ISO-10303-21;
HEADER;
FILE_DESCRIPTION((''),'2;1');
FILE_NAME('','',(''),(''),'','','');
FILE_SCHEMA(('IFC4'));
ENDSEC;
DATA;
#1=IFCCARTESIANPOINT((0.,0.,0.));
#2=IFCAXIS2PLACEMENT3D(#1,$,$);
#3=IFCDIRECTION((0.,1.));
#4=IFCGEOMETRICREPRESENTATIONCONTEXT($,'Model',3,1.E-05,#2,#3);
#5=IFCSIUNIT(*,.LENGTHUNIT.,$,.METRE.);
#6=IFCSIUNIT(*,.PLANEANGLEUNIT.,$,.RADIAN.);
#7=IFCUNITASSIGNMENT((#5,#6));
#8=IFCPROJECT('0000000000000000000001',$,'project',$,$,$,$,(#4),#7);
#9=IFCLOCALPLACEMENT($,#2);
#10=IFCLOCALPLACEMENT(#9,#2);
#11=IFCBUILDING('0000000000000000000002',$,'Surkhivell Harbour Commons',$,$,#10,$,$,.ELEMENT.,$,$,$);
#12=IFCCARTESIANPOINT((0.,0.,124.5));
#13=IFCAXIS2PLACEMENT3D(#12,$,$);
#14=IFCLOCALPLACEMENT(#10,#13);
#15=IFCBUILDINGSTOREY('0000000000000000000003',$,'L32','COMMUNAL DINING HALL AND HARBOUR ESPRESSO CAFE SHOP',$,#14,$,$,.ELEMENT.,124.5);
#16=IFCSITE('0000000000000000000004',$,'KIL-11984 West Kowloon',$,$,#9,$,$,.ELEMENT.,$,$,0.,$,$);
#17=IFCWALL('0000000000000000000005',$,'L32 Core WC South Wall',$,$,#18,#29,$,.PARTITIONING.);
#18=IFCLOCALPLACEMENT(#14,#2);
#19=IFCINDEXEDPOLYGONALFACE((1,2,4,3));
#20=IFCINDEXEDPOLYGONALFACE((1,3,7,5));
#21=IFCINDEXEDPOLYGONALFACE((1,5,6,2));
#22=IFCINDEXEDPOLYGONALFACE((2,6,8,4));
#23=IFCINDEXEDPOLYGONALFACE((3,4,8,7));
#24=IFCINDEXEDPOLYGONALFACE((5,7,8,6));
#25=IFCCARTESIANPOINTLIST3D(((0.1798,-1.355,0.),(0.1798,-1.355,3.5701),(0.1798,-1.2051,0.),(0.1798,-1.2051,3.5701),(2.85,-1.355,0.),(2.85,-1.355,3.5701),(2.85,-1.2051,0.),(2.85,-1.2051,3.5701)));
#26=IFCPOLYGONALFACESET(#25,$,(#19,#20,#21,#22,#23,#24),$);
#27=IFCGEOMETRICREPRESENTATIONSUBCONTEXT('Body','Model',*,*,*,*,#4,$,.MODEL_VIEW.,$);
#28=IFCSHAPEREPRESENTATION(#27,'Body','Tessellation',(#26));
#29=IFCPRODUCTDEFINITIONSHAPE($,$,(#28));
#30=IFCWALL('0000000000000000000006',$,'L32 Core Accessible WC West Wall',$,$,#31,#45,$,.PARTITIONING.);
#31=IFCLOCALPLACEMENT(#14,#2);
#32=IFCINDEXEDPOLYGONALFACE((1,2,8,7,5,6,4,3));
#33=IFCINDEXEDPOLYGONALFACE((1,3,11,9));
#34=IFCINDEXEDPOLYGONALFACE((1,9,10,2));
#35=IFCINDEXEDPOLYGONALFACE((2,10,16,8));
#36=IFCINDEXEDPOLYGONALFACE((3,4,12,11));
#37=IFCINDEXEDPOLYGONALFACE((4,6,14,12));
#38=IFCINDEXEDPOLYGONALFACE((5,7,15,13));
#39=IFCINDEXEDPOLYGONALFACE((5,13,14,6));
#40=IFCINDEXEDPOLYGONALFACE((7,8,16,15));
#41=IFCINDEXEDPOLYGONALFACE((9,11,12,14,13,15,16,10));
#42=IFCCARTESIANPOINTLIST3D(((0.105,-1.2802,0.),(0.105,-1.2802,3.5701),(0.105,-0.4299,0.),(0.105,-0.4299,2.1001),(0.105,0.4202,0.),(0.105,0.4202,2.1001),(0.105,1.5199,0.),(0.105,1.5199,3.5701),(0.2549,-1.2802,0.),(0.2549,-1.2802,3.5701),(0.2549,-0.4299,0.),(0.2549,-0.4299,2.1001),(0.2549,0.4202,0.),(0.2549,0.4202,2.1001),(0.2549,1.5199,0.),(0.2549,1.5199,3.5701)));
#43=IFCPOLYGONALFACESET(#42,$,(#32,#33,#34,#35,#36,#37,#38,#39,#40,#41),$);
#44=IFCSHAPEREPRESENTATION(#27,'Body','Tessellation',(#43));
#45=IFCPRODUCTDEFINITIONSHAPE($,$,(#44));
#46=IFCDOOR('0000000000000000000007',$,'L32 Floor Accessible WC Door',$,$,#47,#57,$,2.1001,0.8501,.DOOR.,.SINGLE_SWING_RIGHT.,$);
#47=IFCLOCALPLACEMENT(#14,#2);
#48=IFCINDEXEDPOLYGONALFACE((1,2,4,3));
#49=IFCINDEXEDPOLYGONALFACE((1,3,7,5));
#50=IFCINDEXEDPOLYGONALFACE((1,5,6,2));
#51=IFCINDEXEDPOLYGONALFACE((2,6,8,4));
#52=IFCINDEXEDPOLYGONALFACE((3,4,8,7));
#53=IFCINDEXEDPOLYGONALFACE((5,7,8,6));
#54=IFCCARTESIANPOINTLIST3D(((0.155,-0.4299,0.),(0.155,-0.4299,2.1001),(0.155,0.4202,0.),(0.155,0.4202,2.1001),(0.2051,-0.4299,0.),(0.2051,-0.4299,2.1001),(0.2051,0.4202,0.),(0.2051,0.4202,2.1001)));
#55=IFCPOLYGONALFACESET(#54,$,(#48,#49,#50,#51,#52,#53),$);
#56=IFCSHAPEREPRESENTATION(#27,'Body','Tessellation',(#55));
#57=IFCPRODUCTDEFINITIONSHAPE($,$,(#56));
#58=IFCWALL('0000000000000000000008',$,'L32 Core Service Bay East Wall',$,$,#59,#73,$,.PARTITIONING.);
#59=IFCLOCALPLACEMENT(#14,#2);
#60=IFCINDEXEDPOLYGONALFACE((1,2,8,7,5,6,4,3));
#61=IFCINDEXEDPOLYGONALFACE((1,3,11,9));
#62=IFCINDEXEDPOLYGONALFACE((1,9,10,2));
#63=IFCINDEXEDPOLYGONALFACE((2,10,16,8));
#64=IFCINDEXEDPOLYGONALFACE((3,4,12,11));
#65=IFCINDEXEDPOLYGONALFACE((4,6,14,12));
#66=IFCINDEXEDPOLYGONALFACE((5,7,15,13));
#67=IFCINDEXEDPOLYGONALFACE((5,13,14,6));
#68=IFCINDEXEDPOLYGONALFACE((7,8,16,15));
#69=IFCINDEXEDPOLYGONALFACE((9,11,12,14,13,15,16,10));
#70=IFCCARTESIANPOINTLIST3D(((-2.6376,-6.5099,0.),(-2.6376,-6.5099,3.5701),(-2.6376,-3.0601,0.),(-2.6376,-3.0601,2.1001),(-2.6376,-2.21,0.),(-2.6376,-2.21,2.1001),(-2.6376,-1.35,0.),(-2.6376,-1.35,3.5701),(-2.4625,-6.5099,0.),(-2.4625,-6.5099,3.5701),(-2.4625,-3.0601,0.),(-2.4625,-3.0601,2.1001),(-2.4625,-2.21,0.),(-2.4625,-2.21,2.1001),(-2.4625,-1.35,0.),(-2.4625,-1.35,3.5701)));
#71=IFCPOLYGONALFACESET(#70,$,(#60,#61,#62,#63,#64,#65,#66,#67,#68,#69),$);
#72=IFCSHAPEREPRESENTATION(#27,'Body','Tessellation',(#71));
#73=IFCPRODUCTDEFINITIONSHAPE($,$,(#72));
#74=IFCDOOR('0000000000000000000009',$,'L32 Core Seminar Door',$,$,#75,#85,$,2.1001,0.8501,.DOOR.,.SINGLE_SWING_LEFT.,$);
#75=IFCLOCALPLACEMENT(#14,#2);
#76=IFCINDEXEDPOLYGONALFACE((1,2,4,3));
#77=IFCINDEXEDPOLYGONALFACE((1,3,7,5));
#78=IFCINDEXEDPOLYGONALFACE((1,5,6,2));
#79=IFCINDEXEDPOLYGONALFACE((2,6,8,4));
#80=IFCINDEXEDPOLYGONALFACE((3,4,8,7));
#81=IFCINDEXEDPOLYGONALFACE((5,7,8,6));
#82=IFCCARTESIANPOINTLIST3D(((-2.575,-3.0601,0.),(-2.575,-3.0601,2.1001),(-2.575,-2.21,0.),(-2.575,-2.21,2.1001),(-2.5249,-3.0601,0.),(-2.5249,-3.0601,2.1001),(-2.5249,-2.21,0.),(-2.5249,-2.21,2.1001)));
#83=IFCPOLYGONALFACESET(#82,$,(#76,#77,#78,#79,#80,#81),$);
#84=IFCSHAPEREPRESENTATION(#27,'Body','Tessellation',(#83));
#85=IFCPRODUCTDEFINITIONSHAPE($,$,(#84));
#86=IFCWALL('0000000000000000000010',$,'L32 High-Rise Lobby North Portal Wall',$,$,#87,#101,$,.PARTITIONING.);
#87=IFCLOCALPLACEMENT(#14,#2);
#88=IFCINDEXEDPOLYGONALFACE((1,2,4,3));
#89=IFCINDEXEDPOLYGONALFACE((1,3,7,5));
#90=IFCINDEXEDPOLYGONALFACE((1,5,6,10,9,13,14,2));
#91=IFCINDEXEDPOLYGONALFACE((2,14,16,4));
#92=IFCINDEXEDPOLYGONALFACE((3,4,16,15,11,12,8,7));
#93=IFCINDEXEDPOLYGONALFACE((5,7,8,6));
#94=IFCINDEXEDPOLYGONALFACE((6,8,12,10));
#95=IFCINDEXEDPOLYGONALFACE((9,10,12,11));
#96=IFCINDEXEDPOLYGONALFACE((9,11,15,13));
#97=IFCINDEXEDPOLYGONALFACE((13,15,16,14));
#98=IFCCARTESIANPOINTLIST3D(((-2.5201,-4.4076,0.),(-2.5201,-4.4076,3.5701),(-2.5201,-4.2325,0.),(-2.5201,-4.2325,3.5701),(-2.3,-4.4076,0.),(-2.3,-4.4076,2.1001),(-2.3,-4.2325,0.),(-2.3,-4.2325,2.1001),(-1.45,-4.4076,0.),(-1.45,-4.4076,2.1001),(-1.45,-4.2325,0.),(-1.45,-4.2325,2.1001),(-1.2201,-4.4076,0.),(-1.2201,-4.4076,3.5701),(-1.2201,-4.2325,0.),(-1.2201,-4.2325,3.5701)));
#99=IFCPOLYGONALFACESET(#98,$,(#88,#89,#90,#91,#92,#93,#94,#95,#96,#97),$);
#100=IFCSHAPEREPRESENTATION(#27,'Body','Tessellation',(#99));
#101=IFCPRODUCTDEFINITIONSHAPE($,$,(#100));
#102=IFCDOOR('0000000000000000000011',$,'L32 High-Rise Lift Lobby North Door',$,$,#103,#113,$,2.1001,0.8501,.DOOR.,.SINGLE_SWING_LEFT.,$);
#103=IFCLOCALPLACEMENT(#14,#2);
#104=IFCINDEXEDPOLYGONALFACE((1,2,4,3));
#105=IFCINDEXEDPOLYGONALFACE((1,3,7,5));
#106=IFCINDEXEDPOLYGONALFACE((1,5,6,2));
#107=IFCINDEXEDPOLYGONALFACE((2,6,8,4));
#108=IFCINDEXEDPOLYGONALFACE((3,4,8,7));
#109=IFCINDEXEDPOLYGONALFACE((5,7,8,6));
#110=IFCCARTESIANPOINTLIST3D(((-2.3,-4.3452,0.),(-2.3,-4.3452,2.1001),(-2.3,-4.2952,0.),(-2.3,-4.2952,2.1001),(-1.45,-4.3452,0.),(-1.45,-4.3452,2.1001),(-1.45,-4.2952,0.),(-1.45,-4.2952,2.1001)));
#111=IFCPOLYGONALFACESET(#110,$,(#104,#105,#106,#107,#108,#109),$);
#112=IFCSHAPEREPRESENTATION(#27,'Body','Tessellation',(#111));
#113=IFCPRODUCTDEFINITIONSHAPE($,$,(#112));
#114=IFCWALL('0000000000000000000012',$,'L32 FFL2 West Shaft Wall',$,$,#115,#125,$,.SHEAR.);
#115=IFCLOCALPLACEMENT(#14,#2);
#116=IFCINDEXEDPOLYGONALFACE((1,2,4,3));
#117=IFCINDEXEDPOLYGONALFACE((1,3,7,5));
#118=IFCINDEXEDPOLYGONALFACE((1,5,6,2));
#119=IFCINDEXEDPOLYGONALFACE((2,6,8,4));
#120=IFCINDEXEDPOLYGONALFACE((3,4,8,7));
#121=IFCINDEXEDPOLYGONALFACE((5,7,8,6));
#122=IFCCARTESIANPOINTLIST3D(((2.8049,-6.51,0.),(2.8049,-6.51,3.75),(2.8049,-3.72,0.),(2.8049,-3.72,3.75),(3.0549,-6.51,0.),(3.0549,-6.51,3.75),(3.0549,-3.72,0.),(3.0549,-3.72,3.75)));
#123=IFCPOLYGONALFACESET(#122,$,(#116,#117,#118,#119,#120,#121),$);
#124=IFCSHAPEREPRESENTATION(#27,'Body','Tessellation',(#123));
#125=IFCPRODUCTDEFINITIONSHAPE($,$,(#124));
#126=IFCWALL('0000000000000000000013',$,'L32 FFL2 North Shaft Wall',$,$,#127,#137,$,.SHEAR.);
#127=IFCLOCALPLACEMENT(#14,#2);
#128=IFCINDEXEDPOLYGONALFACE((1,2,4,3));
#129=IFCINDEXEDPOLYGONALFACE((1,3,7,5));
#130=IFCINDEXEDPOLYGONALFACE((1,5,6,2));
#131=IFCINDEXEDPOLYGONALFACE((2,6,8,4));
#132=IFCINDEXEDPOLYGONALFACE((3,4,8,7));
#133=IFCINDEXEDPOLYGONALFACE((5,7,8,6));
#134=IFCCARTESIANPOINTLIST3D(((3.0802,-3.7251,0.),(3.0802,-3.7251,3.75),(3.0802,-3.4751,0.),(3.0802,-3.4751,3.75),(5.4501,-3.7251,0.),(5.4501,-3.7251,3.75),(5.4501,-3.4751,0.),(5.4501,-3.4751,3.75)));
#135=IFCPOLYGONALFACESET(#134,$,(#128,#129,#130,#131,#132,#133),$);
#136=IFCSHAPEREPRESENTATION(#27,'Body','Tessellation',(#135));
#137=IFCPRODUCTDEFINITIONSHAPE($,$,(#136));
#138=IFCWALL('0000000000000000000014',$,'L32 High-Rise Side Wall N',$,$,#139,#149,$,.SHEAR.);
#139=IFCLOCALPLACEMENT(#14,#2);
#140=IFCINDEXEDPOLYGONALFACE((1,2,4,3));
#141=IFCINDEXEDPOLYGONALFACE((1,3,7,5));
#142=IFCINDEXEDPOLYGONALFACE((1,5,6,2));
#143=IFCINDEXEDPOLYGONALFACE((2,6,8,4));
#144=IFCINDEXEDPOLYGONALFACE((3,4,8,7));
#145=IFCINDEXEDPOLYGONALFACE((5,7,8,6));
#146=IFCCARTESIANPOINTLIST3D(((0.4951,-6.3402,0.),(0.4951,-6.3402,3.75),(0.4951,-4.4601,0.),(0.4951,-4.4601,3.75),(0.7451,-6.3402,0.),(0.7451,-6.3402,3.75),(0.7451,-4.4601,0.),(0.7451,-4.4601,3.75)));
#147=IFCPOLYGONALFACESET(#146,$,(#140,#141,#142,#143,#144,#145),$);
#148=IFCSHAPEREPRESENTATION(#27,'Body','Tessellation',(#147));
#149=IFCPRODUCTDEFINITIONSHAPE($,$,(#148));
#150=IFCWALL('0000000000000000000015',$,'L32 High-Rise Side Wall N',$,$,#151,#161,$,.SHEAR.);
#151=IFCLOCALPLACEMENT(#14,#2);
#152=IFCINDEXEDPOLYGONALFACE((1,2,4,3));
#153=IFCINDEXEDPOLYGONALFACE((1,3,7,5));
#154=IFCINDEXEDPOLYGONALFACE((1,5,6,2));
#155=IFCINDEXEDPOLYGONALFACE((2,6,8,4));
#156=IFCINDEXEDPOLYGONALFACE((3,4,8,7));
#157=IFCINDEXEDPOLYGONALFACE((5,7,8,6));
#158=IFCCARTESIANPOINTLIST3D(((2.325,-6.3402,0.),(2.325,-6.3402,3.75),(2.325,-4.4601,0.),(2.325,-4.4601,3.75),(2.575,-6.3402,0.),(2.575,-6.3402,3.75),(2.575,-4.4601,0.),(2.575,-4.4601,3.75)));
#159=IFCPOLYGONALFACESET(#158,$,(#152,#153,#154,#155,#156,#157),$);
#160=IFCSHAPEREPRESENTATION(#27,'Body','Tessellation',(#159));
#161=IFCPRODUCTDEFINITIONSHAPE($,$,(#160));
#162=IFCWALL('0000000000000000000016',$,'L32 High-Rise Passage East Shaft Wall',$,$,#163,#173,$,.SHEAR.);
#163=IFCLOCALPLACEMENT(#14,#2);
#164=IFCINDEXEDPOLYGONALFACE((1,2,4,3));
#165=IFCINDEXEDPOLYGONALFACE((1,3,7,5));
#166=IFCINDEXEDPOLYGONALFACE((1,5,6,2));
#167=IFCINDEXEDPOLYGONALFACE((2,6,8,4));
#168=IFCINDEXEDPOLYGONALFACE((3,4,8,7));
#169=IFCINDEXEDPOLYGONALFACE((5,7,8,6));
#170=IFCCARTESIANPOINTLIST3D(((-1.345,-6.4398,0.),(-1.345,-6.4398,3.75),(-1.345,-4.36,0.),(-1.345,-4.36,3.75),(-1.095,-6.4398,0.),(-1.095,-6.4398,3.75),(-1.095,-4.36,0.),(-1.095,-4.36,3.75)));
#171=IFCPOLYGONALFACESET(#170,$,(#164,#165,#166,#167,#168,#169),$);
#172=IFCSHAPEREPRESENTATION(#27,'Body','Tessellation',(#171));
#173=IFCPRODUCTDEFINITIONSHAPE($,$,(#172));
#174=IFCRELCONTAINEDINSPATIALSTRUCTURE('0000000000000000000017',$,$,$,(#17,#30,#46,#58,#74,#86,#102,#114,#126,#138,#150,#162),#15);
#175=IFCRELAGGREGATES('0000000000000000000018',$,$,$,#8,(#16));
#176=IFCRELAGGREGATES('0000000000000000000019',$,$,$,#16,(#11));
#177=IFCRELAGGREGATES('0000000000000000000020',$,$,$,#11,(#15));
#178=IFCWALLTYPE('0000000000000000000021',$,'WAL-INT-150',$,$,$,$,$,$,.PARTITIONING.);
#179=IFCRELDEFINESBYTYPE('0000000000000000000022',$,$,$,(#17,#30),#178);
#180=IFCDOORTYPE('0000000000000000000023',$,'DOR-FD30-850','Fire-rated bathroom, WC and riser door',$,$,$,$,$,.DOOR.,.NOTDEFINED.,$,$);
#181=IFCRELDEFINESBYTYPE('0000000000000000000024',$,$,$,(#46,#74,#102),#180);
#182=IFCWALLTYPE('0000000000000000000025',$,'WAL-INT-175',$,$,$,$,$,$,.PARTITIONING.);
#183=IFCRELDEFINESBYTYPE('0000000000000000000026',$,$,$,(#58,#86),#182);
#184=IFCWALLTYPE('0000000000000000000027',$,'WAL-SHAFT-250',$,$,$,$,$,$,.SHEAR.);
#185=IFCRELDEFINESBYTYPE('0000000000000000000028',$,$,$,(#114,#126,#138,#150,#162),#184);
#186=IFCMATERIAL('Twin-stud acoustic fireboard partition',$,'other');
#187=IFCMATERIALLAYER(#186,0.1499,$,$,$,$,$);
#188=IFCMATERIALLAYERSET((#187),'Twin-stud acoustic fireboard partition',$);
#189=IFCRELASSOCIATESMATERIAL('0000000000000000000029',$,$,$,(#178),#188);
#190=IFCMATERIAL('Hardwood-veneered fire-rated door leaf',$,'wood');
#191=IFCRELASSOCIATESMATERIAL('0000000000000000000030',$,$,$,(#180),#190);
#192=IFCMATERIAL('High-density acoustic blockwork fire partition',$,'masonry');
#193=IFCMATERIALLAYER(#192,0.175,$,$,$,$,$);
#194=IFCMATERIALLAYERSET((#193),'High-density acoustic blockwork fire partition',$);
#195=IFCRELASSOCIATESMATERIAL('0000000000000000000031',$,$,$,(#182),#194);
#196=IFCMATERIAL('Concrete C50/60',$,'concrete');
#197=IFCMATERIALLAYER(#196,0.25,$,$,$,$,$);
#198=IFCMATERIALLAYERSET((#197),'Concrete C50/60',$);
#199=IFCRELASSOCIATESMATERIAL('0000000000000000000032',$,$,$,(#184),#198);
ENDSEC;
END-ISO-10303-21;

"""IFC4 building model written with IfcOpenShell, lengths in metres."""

from ifc_helpers import new_model, si_unit, direction, frame, frame_2d, origin, place, context, subcontext, project, spatial, rectangle, extrude, material, layer, layer_set, type_object, element, fill, save


model = new_model("IFC4")

# Units and contexts
model_context = context("Model", 3, precision=1e-05, world=origin(), true_north=direction((0.0, 1.0)))
body_context = subcontext(model_context, "Body", "Model", "MODEL_VIEW")
ifc_project = project(units=[si_unit("LENGTHUNIT", "METRE"), si_unit("PLANEANGLEUNIT", "RADIAN")], contexts=[model_context])

# Site, building, storey
site_placement = place(None, origin())
site = spatial("IfcSite", under=ifc_project, at=site_placement, Name="KIL-11984 West Kowloon", CompositionType="ELEMENT", RefElevation=0.0)
building_placement = place(site_placement, origin())
building = spatial("IfcBuilding", under=site, at=building_placement, Name="Surkhivell Harbour Commons", CompositionType="ELEMENT")
storey_placement = place(building_placement, frame((0.0, 0.0, 124.5)))
storey = spatial("IfcBuildingStorey", under=building, at=storey_placement, Name="L32", Description="COMMUNAL DINING HALL AND HARBOUR ESPRESSO CAFE SHOP", CompositionType="ELEMENT", Elevation=124.5)

# Wall
ifc_material_1 = material(Name="Twin-stud acoustic fireboard partition", Category="other")
ifc_layer_1 = layer(ifc_material_1, 0.1499)
ifc_layer_set_1 = layer_set([ifc_layer_1], Name="Twin-stud acoustic fireboard partition")
wall_type_1 = type_object("IfcWallType", Name="WAL-INT-150", PredefinedType="PARTITIONING", material=ifc_layer_set_1)
wall_1_placement = place(storey_placement, frame((0.1799, -1.28, 0.0), z_axis=(0.0, 0.0, 1.0), x_axis=(1.0, 0.0, 0.0)))
element("IfcWall", 1, at=wall_1_placement, inside=storey, type_object=wall_type_1, Name="L32 Core WC South Wall", PredefinedType="PARTITIONING", context=body_context, shape_type="SweptSolid", body=[
    extrude(rectangle(XDim=2.6702, YDim=0.1499, at=frame_2d((1.335, 0.0))), origin(), (0.0, 0.0, 1.0), 3.5701),
])

# Walls, openings, doors
wall_2_placement = place(storey_placement, frame((0.1799, -1.28, 0.0), z_axis=(0.0, 0.0, 1.0), x_axis=(0.0, 1.0, 0.0)))
wall_2 = element("IfcWall", 2, at=wall_2_placement, inside=storey, type_object=wall_type_1, Name="L32 Core Accessible WC West Wall", PredefinedType="PARTITIONING", context=body_context, shape_type="SweptSolid", body=[
    extrude(rectangle(XDim=2.8, YDim=0.1499, at=frame_2d((1.3999, 0.0))), origin(), (0.0, 0.0, 1.0), 3.5701),
])
opening_1_placement = place(wall_2_placement, frame((0.8501, 0.0, 0.0)))
opening_1 = element("IfcOpeningElement", 3, at=opening_1_placement, cuts=wall_2, PredefinedType="OPENING", context=body_context, shape_type="SweptSolid", body=[
    extrude(rectangle(XDim=0.8501, YDim=2.1001, at=frame_2d((0.425, 1.05))), frame((0.0, 0.085, 0.0), z_axis=(0.0, -1.0, 0.0), x_axis=(1.0, 0.0, 0.0)), (0.0, 0.0, 1.0), 0.1699),
])
ifc_material_2 = material(Name="Hardwood-veneered fire-rated door leaf", Category="wood")
door_type_1 = type_object("IfcDoorType", Name="DOR-FD30-850", Description="Fire-rated bathroom, WC and riser door", OperationType="NOTDEFINED", PredefinedType="DOOR", material=ifc_material_2)
door_1_placement = place(opening_1_placement, origin())
door_1 = element("IfcDoor", 4, at=door_1_placement, inside=storey, type_object=door_type_1, Name="L32 Floor Accessible WC Door", OperationType="SINGLE_SWING_RIGHT", OverallHeight=2.1001, OverallWidth=0.8501, PredefinedType="DOOR", context=body_context, shape_type="SweptSolid", body=[
    extrude(rectangle(XDim=0.8501, YDim=2.1001, at=frame_2d((0.425, 1.05))), frame((0.0, 0.0249, 0.0), z_axis=(0.0, -1.0, 0.0), x_axis=(1.0, 0.0, 0.0)), (0.0, 0.0, 1.0), 0.05),
])
fill(opening_1, door_1)
ifc_material_3 = material(Name="High-density acoustic blockwork fire partition", Category="masonry")
ifc_layer_2 = layer(ifc_material_3, 0.175)
ifc_layer_set_2 = layer_set([ifc_layer_2], Name="High-density acoustic blockwork fire partition")
wall_type_2 = type_object("IfcWallType", Name="WAL-INT-175", PredefinedType="PARTITIONING", material=ifc_layer_set_2)
wall_3_placement = place(storey_placement, frame((-2.55, -6.51, 0.0), z_axis=(0.0, 0.0, 1.0), x_axis=(0.0, 1.0, 0.0)))
wall_3 = element("IfcWall", 5, at=wall_3_placement, inside=storey, type_object=wall_type_2, Name="L32 Core Service Bay East Wall", PredefinedType="PARTITIONING", context=body_context, shape_type="SweptSolid", body=[
    extrude(rectangle(XDim=5.1599, YDim=0.175, at=frame_2d((2.5801, 0.0))), origin(), (0.0, 0.0, 1.0), 3.5701),
])
opening_2_placement = place(wall_3_placement, frame((3.45, 0.0, 0.0)))
opening_2 = element("IfcOpeningElement", 6, at=opening_2_placement, cuts=wall_3, PredefinedType="OPENING", context=body_context, shape_type="SweptSolid", body=[
    extrude(rectangle(XDim=0.8501, YDim=2.1001, at=frame_2d((0.425, 1.05))), frame((0.0, 0.0974, 0.0), z_axis=(0.0, -1.0, 0.0), x_axis=(1.0, 0.0, 0.0)), (0.0, 0.0, 1.0), 0.1951),
])
door_2_placement = place(opening_2_placement, origin())
door_2 = element("IfcDoor", 7, at=door_2_placement, inside=storey, type_object=door_type_1, Name="L32 Core Seminar Door", OperationType="SINGLE_SWING_LEFT", OverallHeight=2.1001, OverallWidth=0.8501, PredefinedType="DOOR", context=body_context, shape_type="SweptSolid", body=[
    extrude(rectangle(XDim=0.8501, YDim=2.1001, at=frame_2d((0.425, 1.05))), frame((0.0, 0.0249, 0.0), z_axis=(0.0, -1.0, 0.0), x_axis=(1.0, 0.0, 0.0)), (0.0, 0.0, 1.0), 0.05),
])
fill(opening_2, door_2)
wall_4_placement = place(storey_placement, frame((-2.52, -4.3201, 0.0), z_axis=(0.0, 0.0, 1.0), x_axis=(1.0, 0.0, 0.0)))
wall_4 = element("IfcWall", 8, at=wall_4_placement, inside=storey, type_object=wall_type_2, Name="L32 High-Rise Lobby North Portal Wall", PredefinedType="PARTITIONING", context=body_context, shape_type="SweptSolid", body=[
    extrude(rectangle(XDim=1.3, YDim=0.175, at=frame_2d((0.6499, 0.0))), origin(), (0.0, 0.0, 1.0), 3.5701),
])
opening_3_placement = place(wall_4_placement, frame((0.22, 0.0, 0.0)))
opening_3 = element("IfcOpeningElement", 9, at=opening_3_placement, cuts=wall_4, PredefinedType="OPENING", context=body_context, shape_type="SweptSolid", body=[
    extrude(rectangle(XDim=0.8501, YDim=2.1001, at=frame_2d((0.425, 1.05))), frame((0.0, 0.0974, 0.0), z_axis=(0.0, -1.0, 0.0), x_axis=(1.0, 0.0, 0.0)), (0.0, 0.0, 1.0), 0.1951),
])
door_3_placement = place(opening_3_placement, origin())
door_3 = element("IfcDoor", 10, at=door_3_placement, inside=storey, type_object=door_type_1, Name="L32 High-Rise Lift Lobby North Door", OperationType="SINGLE_SWING_LEFT", OverallHeight=2.1001, OverallWidth=0.8501, PredefinedType="DOOR", context=body_context, shape_type="SweptSolid", body=[
    extrude(rectangle(XDim=0.8501, YDim=2.1001, at=frame_2d((0.425, 1.05))), frame((0.0, 0.0249, 0.0), z_axis=(0.0, -1.0, 0.0), x_axis=(1.0, 0.0, 0.0)), (0.0, 0.0, 1.0), 0.05),
])
fill(opening_3, door_3)

# Walls
ifc_material_4 = material(Name="Concrete C50/60", Category="concrete")
ifc_layer_3 = layer(ifc_material_4, 0.25)
ifc_layer_set_3 = layer_set([ifc_layer_3], Name="Concrete C50/60")
wall_type_3 = type_object("IfcWallType", Name="WAL-SHAFT-250", PredefinedType="SHEAR", material=ifc_layer_set_3)
wall_5_placement = place(storey_placement, frame((2.9299, -6.51, 0.0), z_axis=(0.0, 0.0, 1.0), x_axis=(0.0, 1.0, 0.0)))
element("IfcWall", 11, at=wall_5_placement, inside=storey, type_object=wall_type_3, Name="L32 FFL2 West Shaft Wall", PredefinedType="SHEAR", context=body_context, shape_type="SweptSolid", body=[
    extrude(rectangle(XDim=2.79, YDim=0.25, at=frame_2d((1.395, 0.0))), origin(), (0.0, 0.0, 1.0), 3.75),
])
wall_6_placement = place(storey_placement, frame((3.0801, -3.6001, 0.0), z_axis=(0.0, 0.0, 1.0), x_axis=(1.0, 0.0, 0.0)))
element("IfcWall", 12, at=wall_6_placement, inside=storey, type_object=wall_type_3, Name="L32 FFL2 North Shaft Wall", PredefinedType="SHEAR", context=body_context, shape_type="SweptSolid", body=[
    extrude(rectangle(XDim=2.3699, YDim=0.25, at=frame_2d((1.1851, 0.0))), origin(), (0.0, 0.0, 1.0), 3.75),
])
for number, where, z_axis, x_axis, name in (
    (13, (0.6201, -6.3401, 0.0), (0.0, 0.0, 1.0), (0.0, 1.0, 0.0), "L32 High-Rise Side Wall N"),
    (14, (2.45, -6.3401, 0.0), (0.0, 0.0, 1.0), (0.0, 1.0, 0.0), "L32 High-Rise Side Wall N"),
):
    element("IfcWall", number, at=place(storey_placement, frame(where, z_axis=z_axis, x_axis=x_axis)), inside=storey, type_object=wall_type_3, Name=name, PredefinedType="SHEAR", context=body_context, shape_type="SweptSolid", body=[
        extrude(rectangle(XDim=1.8801, YDim=0.25, at=frame_2d((0.9399, 0.0))), origin(), (0.0, 0.0, 1.0), 3.75),
    ])
wall_7_placement = place(storey_placement, frame((-1.22, -6.4399, 0.0), z_axis=(0.0, 0.0, 1.0), x_axis=(0.0, 1.0, 0.0)))
element("IfcWall", 15, at=wall_7_placement, inside=storey, type_object=wall_type_3, Name="L32 High-Rise Passage East Shaft Wall", PredefinedType="SHEAR", context=body_context, shape_type="SweptSolid", body=[
    extrude(rectangle(XDim=2.0798, YDim=0.25, at=frame_2d((1.04, 0.0))), origin(), (0.0, 0.0, 1.0), 3.75),
])

save(model, "model.ifc")
